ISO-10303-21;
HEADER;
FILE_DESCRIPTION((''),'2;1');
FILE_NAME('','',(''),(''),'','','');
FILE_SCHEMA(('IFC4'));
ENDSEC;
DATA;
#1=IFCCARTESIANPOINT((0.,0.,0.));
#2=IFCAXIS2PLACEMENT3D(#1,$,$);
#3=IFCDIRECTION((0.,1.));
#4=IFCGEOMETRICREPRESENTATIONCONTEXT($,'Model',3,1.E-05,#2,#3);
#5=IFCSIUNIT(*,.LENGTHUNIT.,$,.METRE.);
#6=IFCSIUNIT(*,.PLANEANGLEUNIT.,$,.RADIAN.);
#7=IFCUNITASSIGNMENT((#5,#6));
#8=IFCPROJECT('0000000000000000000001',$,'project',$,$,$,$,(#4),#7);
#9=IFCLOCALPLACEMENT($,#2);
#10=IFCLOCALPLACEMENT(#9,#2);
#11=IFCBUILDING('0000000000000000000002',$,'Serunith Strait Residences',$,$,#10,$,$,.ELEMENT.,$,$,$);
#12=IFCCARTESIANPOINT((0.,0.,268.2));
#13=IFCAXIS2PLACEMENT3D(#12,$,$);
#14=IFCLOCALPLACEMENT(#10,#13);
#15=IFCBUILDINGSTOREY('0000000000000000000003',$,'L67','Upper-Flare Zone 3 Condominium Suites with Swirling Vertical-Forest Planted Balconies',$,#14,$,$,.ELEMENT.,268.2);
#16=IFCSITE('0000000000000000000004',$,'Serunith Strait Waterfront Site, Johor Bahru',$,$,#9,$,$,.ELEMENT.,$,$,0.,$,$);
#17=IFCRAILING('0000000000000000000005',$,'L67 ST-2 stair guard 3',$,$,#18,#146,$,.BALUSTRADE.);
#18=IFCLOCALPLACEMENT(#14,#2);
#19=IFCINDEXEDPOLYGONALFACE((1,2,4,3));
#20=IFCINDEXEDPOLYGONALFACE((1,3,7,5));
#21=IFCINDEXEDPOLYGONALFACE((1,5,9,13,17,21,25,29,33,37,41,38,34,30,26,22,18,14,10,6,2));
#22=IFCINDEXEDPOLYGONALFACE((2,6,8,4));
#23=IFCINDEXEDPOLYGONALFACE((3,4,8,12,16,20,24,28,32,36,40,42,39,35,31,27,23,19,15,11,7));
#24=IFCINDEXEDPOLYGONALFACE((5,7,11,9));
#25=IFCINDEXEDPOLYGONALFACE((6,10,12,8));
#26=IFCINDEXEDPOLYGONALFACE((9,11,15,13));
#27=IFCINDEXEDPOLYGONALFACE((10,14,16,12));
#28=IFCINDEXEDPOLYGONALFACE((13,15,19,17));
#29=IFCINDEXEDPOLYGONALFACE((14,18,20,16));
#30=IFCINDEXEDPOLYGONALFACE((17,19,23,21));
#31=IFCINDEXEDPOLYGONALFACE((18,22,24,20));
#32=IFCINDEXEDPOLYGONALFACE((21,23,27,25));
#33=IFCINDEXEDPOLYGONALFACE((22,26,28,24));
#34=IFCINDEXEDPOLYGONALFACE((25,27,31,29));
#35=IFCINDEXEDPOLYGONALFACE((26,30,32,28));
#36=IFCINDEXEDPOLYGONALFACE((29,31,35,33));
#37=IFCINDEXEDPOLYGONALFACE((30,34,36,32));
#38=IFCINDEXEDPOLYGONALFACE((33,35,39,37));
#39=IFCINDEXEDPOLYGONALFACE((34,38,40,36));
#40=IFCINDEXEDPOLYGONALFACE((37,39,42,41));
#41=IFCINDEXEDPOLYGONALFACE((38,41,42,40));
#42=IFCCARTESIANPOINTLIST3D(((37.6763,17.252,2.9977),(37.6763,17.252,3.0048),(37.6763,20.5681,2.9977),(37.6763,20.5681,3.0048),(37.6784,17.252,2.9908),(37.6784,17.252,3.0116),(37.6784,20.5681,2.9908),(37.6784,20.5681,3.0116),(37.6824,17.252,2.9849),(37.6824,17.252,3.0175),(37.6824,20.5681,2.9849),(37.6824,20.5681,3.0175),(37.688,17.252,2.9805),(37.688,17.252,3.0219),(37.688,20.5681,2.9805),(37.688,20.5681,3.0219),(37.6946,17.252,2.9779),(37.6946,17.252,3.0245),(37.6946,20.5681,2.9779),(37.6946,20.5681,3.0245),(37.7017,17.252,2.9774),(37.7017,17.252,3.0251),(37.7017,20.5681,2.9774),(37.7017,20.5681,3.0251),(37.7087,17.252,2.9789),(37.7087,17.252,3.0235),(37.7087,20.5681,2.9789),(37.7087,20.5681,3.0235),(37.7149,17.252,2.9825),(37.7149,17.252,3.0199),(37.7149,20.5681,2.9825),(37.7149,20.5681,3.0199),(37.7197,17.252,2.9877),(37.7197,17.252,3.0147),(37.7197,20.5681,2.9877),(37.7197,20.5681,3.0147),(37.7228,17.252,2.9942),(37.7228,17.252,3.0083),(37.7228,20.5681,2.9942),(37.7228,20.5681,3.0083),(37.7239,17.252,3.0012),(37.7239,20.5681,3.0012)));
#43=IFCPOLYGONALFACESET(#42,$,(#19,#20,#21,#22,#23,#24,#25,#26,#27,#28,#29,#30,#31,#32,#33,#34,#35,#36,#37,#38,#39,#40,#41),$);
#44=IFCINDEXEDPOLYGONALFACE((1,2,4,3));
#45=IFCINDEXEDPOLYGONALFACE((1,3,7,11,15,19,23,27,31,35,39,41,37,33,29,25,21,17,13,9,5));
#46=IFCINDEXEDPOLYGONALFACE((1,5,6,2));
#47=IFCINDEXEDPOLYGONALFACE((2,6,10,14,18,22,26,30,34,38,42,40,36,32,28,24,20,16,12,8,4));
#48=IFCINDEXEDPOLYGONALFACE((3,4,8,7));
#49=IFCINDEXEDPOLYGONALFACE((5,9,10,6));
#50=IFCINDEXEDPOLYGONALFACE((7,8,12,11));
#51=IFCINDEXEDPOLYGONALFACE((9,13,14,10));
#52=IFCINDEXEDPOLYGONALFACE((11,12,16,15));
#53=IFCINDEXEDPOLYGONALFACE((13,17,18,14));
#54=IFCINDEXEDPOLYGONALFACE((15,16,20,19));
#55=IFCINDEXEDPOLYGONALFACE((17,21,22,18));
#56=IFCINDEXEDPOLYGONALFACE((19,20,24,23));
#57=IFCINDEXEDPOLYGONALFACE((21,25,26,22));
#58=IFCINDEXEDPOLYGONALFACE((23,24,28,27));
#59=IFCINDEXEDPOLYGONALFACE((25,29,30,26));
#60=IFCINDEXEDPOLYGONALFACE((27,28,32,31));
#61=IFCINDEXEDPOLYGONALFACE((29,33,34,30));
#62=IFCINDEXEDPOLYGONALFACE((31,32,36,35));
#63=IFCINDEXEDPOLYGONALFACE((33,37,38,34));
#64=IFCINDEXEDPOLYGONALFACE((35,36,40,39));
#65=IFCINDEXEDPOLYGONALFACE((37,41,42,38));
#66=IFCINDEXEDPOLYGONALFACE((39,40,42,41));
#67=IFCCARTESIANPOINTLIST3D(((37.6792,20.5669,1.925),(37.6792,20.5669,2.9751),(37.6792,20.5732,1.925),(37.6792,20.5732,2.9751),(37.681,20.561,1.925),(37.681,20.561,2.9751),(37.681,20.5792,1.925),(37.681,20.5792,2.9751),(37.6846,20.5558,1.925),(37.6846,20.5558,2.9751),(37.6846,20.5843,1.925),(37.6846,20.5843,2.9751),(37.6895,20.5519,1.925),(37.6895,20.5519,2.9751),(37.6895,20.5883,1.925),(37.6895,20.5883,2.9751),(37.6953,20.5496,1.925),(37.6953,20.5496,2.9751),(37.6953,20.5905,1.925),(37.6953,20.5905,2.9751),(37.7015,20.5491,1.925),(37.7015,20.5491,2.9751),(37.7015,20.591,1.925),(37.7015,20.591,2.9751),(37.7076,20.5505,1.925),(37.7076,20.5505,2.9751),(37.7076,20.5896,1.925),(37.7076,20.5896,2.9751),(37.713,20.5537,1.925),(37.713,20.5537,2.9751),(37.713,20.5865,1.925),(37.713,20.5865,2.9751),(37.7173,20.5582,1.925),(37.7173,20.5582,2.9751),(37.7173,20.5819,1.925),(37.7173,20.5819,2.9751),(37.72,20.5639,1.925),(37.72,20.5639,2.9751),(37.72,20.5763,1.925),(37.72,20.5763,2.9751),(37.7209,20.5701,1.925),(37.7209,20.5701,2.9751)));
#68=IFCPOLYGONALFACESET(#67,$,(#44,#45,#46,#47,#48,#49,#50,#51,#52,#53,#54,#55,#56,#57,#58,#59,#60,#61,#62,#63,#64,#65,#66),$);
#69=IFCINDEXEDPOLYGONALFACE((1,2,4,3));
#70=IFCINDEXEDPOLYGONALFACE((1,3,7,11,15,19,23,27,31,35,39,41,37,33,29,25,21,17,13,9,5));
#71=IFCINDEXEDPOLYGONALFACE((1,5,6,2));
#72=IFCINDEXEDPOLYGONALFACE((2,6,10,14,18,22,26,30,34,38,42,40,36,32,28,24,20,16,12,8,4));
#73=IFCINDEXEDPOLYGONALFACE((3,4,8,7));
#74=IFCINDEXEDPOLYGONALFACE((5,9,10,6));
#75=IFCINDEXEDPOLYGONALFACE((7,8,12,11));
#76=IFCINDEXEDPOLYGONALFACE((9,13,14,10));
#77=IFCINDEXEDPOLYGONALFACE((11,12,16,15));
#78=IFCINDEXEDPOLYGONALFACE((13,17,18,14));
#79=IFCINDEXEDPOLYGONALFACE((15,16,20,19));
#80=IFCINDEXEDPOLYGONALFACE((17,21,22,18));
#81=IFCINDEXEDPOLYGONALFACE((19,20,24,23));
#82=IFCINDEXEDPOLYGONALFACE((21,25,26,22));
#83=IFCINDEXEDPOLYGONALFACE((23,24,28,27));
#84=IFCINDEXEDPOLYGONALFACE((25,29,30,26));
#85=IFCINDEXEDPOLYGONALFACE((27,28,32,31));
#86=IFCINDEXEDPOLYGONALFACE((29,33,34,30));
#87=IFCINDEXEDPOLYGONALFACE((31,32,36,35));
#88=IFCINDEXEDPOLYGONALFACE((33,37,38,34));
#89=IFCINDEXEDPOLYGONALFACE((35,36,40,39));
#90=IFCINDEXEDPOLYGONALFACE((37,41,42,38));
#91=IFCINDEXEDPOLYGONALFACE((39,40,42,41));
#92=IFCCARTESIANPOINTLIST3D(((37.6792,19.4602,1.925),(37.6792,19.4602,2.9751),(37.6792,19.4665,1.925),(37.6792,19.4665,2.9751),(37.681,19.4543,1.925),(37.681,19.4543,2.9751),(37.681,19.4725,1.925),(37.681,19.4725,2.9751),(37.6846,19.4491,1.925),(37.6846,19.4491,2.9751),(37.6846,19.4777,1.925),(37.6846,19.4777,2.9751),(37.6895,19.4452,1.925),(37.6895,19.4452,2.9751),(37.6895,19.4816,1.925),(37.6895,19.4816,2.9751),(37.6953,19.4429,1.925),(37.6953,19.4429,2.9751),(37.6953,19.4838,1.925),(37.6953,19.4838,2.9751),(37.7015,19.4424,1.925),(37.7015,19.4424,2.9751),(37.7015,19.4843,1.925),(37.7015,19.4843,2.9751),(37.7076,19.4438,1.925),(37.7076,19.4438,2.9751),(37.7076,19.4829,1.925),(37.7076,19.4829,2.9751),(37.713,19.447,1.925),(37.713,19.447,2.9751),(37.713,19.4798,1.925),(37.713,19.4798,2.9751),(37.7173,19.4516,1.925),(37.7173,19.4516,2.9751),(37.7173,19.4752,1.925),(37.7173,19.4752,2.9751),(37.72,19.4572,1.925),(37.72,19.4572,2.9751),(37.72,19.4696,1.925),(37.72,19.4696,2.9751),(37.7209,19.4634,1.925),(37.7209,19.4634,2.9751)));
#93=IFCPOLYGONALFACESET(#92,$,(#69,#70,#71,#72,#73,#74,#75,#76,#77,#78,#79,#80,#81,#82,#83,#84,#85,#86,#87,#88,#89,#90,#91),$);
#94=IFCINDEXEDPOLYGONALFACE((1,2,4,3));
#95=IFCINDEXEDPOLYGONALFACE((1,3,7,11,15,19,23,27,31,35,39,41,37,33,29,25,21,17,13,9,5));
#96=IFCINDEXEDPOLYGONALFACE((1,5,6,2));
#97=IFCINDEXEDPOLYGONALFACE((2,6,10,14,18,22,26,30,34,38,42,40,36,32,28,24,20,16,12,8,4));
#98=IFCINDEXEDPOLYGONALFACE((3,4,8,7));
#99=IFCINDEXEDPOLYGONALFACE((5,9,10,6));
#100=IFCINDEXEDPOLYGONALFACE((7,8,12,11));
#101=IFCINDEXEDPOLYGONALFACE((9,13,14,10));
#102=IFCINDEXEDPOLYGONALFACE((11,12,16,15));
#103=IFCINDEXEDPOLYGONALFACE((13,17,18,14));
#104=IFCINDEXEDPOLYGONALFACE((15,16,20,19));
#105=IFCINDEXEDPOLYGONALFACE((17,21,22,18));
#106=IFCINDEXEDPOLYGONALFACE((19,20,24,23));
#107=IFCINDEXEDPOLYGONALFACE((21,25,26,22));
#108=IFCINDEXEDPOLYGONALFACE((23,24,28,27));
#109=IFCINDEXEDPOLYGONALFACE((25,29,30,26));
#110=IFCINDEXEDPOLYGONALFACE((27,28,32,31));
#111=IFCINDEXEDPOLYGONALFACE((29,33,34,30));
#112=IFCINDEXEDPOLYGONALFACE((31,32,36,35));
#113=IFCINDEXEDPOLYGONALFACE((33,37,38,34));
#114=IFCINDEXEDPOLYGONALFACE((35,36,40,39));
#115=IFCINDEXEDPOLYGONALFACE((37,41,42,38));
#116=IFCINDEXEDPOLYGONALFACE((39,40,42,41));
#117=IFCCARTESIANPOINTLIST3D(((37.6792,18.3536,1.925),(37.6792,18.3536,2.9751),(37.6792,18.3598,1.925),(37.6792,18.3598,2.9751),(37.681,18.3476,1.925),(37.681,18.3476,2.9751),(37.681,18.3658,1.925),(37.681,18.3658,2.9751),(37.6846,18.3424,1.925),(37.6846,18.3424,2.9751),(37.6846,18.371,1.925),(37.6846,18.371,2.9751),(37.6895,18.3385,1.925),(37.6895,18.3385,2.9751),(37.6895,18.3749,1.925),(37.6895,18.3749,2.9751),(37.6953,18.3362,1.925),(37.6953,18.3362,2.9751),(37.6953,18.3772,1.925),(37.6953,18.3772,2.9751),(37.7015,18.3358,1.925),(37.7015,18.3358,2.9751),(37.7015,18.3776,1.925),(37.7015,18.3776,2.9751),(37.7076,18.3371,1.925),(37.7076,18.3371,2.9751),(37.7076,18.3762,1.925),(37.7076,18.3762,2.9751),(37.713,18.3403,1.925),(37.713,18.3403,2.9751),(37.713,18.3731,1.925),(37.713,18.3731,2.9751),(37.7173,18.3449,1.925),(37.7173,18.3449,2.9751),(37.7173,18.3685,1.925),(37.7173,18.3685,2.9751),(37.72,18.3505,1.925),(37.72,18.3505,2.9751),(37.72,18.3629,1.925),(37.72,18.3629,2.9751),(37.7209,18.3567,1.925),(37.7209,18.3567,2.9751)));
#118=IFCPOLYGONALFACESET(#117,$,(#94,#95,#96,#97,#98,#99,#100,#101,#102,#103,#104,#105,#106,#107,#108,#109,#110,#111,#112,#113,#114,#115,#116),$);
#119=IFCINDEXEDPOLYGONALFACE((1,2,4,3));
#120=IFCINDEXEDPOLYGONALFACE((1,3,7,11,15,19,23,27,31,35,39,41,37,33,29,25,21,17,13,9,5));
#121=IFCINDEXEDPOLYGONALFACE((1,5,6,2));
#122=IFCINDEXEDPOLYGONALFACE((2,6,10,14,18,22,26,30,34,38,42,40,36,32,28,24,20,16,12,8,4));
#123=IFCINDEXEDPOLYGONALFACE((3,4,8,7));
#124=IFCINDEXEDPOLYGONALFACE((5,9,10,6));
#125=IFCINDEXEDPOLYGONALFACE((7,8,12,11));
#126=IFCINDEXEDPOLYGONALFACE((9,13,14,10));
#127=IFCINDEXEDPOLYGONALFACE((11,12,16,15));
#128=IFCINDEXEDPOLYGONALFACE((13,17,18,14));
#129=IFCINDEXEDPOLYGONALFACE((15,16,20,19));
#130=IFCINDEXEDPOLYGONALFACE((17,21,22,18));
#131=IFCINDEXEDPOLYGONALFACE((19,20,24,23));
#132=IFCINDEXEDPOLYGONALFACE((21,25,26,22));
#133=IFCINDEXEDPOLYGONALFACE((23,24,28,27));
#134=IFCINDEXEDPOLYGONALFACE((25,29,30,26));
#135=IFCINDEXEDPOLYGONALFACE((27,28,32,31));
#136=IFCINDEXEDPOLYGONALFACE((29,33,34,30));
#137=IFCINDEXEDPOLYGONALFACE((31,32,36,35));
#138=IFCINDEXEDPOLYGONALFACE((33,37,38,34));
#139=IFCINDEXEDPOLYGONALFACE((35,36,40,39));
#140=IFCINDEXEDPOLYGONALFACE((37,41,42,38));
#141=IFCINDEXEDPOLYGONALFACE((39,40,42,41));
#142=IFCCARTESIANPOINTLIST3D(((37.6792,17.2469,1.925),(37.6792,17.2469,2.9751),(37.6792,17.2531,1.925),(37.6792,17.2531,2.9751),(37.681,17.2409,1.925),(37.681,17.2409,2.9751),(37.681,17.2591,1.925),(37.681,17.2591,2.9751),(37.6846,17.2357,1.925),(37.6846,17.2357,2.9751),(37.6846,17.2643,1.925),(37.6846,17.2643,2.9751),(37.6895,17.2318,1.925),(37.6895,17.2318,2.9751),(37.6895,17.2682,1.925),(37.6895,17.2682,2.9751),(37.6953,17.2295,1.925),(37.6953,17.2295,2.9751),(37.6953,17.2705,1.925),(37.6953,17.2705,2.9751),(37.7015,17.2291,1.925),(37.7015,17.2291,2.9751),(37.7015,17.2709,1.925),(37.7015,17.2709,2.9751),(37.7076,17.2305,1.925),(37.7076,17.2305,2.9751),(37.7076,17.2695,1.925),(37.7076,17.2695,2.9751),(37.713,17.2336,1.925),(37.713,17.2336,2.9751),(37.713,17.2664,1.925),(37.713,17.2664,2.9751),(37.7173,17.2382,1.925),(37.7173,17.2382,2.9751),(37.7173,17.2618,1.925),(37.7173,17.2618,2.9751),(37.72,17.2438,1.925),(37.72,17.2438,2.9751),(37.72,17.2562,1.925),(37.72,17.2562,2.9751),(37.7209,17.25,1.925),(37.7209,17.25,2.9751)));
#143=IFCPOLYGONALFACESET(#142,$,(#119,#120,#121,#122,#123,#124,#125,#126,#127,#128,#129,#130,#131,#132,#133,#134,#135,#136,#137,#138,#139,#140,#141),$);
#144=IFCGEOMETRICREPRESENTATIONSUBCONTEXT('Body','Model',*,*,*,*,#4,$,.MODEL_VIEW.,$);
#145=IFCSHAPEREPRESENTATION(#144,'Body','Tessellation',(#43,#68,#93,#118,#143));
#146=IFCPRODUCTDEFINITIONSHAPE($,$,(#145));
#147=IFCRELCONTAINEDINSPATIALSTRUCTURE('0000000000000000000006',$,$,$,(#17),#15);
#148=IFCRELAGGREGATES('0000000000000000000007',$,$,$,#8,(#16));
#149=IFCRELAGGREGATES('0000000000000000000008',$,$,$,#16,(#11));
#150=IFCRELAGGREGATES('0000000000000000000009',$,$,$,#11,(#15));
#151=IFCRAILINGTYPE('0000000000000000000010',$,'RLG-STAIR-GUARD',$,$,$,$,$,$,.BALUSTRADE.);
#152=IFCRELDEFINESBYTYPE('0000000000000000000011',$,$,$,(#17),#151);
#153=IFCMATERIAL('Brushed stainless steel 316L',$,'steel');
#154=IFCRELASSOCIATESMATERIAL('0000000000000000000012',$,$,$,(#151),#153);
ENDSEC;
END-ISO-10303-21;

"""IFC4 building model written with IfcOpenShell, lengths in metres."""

from ifc_helpers import new_model, si_unit, direction, frame, origin, origin_2d, place, context, subcontext, project, spatial, circle, extrude, material, type_object, element, save


model = new_model("IFC4")

# Units and contexts
model_context = context("Model", 3, precision=1e-05, world=origin(), true_north=direction((0.0, 1.0)))
body_context = subcontext(model_context, "Body", "Model", "MODEL_VIEW")
ifc_project = project(units=[si_unit("LENGTHUNIT", "METRE"), si_unit("PLANEANGLEUNIT", "RADIAN")], contexts=[model_context])

# Site, building, storey
site_placement = place(None, origin())
site = spatial("IfcSite", under=ifc_project, at=site_placement, Name="Serunith Strait Waterfront Site, Johor Bahru", CompositionType="ELEMENT", RefElevation=0.0)
building_placement = place(site_placement, origin())
building = spatial("IfcBuilding", under=site, at=building_placement, Name="Serunith Strait Residences", CompositionType="ELEMENT")
storey_placement = place(building_placement, frame((0.0, 0.0, 268.2)))
storey = spatial("IfcBuildingStorey", under=building, at=storey_placement, Name="L67", Description="Upper-Flare Zone 3 Condominium Suites with Swirling Vertical-Forest Planted Balconies", CompositionType="ELEMENT", Elevation=268.2)

# Railing
ifc_material_1 = material(Name="Brushed stainless steel 316L", Category="steel")
railing_type_1 = type_object("IfcRailingType", Name="RLG-STAIR-GUARD", PredefinedType="BALUSTRADE", material=ifc_material_1)
for number, where, name in (
    (1, (37.7, 20.5701, 1.925), "L67 ST-2 stair guard 3"),
):
    element("IfcRailing", number, at=place(storey_placement, frame(where)), inside=storey, type_object=railing_type_1, Name=name, PredefinedType="BALUSTRADE", context=body_context, shape_type="SweptSolid", body=[
        extrude(circle(Radius=0.0239, at=origin_2d()), frame((0.0, -0.002, 1.0762), z_axis=(0.0, -1.0, 0.0), x_axis=(1.0, 0.0, 0.0)), (0.0, 0.0, 1.0), 3.3162),
        extrude(circle(Radius=0.021, at=origin_2d()), origin(), (0.0, 0.0, 1.0), 1.05),
        extrude(circle(Radius=0.021, at=origin_2d()), frame((0.0, -1.1067, 0.0)), (0.0, 0.0, 1.0), 1.05),
        extrude(circle(Radius=0.021, at=origin_2d()), frame((0.0, -2.2134, 0.0)), (0.0, 0.0, 1.0), 1.05),
        extrude(circle(Radius=0.021, at=origin_2d()), frame((0.0, -3.3201, 0.0)), (0.0, 0.0, 1.0), 1.05),
    ])

save(model, "model.ifc")
